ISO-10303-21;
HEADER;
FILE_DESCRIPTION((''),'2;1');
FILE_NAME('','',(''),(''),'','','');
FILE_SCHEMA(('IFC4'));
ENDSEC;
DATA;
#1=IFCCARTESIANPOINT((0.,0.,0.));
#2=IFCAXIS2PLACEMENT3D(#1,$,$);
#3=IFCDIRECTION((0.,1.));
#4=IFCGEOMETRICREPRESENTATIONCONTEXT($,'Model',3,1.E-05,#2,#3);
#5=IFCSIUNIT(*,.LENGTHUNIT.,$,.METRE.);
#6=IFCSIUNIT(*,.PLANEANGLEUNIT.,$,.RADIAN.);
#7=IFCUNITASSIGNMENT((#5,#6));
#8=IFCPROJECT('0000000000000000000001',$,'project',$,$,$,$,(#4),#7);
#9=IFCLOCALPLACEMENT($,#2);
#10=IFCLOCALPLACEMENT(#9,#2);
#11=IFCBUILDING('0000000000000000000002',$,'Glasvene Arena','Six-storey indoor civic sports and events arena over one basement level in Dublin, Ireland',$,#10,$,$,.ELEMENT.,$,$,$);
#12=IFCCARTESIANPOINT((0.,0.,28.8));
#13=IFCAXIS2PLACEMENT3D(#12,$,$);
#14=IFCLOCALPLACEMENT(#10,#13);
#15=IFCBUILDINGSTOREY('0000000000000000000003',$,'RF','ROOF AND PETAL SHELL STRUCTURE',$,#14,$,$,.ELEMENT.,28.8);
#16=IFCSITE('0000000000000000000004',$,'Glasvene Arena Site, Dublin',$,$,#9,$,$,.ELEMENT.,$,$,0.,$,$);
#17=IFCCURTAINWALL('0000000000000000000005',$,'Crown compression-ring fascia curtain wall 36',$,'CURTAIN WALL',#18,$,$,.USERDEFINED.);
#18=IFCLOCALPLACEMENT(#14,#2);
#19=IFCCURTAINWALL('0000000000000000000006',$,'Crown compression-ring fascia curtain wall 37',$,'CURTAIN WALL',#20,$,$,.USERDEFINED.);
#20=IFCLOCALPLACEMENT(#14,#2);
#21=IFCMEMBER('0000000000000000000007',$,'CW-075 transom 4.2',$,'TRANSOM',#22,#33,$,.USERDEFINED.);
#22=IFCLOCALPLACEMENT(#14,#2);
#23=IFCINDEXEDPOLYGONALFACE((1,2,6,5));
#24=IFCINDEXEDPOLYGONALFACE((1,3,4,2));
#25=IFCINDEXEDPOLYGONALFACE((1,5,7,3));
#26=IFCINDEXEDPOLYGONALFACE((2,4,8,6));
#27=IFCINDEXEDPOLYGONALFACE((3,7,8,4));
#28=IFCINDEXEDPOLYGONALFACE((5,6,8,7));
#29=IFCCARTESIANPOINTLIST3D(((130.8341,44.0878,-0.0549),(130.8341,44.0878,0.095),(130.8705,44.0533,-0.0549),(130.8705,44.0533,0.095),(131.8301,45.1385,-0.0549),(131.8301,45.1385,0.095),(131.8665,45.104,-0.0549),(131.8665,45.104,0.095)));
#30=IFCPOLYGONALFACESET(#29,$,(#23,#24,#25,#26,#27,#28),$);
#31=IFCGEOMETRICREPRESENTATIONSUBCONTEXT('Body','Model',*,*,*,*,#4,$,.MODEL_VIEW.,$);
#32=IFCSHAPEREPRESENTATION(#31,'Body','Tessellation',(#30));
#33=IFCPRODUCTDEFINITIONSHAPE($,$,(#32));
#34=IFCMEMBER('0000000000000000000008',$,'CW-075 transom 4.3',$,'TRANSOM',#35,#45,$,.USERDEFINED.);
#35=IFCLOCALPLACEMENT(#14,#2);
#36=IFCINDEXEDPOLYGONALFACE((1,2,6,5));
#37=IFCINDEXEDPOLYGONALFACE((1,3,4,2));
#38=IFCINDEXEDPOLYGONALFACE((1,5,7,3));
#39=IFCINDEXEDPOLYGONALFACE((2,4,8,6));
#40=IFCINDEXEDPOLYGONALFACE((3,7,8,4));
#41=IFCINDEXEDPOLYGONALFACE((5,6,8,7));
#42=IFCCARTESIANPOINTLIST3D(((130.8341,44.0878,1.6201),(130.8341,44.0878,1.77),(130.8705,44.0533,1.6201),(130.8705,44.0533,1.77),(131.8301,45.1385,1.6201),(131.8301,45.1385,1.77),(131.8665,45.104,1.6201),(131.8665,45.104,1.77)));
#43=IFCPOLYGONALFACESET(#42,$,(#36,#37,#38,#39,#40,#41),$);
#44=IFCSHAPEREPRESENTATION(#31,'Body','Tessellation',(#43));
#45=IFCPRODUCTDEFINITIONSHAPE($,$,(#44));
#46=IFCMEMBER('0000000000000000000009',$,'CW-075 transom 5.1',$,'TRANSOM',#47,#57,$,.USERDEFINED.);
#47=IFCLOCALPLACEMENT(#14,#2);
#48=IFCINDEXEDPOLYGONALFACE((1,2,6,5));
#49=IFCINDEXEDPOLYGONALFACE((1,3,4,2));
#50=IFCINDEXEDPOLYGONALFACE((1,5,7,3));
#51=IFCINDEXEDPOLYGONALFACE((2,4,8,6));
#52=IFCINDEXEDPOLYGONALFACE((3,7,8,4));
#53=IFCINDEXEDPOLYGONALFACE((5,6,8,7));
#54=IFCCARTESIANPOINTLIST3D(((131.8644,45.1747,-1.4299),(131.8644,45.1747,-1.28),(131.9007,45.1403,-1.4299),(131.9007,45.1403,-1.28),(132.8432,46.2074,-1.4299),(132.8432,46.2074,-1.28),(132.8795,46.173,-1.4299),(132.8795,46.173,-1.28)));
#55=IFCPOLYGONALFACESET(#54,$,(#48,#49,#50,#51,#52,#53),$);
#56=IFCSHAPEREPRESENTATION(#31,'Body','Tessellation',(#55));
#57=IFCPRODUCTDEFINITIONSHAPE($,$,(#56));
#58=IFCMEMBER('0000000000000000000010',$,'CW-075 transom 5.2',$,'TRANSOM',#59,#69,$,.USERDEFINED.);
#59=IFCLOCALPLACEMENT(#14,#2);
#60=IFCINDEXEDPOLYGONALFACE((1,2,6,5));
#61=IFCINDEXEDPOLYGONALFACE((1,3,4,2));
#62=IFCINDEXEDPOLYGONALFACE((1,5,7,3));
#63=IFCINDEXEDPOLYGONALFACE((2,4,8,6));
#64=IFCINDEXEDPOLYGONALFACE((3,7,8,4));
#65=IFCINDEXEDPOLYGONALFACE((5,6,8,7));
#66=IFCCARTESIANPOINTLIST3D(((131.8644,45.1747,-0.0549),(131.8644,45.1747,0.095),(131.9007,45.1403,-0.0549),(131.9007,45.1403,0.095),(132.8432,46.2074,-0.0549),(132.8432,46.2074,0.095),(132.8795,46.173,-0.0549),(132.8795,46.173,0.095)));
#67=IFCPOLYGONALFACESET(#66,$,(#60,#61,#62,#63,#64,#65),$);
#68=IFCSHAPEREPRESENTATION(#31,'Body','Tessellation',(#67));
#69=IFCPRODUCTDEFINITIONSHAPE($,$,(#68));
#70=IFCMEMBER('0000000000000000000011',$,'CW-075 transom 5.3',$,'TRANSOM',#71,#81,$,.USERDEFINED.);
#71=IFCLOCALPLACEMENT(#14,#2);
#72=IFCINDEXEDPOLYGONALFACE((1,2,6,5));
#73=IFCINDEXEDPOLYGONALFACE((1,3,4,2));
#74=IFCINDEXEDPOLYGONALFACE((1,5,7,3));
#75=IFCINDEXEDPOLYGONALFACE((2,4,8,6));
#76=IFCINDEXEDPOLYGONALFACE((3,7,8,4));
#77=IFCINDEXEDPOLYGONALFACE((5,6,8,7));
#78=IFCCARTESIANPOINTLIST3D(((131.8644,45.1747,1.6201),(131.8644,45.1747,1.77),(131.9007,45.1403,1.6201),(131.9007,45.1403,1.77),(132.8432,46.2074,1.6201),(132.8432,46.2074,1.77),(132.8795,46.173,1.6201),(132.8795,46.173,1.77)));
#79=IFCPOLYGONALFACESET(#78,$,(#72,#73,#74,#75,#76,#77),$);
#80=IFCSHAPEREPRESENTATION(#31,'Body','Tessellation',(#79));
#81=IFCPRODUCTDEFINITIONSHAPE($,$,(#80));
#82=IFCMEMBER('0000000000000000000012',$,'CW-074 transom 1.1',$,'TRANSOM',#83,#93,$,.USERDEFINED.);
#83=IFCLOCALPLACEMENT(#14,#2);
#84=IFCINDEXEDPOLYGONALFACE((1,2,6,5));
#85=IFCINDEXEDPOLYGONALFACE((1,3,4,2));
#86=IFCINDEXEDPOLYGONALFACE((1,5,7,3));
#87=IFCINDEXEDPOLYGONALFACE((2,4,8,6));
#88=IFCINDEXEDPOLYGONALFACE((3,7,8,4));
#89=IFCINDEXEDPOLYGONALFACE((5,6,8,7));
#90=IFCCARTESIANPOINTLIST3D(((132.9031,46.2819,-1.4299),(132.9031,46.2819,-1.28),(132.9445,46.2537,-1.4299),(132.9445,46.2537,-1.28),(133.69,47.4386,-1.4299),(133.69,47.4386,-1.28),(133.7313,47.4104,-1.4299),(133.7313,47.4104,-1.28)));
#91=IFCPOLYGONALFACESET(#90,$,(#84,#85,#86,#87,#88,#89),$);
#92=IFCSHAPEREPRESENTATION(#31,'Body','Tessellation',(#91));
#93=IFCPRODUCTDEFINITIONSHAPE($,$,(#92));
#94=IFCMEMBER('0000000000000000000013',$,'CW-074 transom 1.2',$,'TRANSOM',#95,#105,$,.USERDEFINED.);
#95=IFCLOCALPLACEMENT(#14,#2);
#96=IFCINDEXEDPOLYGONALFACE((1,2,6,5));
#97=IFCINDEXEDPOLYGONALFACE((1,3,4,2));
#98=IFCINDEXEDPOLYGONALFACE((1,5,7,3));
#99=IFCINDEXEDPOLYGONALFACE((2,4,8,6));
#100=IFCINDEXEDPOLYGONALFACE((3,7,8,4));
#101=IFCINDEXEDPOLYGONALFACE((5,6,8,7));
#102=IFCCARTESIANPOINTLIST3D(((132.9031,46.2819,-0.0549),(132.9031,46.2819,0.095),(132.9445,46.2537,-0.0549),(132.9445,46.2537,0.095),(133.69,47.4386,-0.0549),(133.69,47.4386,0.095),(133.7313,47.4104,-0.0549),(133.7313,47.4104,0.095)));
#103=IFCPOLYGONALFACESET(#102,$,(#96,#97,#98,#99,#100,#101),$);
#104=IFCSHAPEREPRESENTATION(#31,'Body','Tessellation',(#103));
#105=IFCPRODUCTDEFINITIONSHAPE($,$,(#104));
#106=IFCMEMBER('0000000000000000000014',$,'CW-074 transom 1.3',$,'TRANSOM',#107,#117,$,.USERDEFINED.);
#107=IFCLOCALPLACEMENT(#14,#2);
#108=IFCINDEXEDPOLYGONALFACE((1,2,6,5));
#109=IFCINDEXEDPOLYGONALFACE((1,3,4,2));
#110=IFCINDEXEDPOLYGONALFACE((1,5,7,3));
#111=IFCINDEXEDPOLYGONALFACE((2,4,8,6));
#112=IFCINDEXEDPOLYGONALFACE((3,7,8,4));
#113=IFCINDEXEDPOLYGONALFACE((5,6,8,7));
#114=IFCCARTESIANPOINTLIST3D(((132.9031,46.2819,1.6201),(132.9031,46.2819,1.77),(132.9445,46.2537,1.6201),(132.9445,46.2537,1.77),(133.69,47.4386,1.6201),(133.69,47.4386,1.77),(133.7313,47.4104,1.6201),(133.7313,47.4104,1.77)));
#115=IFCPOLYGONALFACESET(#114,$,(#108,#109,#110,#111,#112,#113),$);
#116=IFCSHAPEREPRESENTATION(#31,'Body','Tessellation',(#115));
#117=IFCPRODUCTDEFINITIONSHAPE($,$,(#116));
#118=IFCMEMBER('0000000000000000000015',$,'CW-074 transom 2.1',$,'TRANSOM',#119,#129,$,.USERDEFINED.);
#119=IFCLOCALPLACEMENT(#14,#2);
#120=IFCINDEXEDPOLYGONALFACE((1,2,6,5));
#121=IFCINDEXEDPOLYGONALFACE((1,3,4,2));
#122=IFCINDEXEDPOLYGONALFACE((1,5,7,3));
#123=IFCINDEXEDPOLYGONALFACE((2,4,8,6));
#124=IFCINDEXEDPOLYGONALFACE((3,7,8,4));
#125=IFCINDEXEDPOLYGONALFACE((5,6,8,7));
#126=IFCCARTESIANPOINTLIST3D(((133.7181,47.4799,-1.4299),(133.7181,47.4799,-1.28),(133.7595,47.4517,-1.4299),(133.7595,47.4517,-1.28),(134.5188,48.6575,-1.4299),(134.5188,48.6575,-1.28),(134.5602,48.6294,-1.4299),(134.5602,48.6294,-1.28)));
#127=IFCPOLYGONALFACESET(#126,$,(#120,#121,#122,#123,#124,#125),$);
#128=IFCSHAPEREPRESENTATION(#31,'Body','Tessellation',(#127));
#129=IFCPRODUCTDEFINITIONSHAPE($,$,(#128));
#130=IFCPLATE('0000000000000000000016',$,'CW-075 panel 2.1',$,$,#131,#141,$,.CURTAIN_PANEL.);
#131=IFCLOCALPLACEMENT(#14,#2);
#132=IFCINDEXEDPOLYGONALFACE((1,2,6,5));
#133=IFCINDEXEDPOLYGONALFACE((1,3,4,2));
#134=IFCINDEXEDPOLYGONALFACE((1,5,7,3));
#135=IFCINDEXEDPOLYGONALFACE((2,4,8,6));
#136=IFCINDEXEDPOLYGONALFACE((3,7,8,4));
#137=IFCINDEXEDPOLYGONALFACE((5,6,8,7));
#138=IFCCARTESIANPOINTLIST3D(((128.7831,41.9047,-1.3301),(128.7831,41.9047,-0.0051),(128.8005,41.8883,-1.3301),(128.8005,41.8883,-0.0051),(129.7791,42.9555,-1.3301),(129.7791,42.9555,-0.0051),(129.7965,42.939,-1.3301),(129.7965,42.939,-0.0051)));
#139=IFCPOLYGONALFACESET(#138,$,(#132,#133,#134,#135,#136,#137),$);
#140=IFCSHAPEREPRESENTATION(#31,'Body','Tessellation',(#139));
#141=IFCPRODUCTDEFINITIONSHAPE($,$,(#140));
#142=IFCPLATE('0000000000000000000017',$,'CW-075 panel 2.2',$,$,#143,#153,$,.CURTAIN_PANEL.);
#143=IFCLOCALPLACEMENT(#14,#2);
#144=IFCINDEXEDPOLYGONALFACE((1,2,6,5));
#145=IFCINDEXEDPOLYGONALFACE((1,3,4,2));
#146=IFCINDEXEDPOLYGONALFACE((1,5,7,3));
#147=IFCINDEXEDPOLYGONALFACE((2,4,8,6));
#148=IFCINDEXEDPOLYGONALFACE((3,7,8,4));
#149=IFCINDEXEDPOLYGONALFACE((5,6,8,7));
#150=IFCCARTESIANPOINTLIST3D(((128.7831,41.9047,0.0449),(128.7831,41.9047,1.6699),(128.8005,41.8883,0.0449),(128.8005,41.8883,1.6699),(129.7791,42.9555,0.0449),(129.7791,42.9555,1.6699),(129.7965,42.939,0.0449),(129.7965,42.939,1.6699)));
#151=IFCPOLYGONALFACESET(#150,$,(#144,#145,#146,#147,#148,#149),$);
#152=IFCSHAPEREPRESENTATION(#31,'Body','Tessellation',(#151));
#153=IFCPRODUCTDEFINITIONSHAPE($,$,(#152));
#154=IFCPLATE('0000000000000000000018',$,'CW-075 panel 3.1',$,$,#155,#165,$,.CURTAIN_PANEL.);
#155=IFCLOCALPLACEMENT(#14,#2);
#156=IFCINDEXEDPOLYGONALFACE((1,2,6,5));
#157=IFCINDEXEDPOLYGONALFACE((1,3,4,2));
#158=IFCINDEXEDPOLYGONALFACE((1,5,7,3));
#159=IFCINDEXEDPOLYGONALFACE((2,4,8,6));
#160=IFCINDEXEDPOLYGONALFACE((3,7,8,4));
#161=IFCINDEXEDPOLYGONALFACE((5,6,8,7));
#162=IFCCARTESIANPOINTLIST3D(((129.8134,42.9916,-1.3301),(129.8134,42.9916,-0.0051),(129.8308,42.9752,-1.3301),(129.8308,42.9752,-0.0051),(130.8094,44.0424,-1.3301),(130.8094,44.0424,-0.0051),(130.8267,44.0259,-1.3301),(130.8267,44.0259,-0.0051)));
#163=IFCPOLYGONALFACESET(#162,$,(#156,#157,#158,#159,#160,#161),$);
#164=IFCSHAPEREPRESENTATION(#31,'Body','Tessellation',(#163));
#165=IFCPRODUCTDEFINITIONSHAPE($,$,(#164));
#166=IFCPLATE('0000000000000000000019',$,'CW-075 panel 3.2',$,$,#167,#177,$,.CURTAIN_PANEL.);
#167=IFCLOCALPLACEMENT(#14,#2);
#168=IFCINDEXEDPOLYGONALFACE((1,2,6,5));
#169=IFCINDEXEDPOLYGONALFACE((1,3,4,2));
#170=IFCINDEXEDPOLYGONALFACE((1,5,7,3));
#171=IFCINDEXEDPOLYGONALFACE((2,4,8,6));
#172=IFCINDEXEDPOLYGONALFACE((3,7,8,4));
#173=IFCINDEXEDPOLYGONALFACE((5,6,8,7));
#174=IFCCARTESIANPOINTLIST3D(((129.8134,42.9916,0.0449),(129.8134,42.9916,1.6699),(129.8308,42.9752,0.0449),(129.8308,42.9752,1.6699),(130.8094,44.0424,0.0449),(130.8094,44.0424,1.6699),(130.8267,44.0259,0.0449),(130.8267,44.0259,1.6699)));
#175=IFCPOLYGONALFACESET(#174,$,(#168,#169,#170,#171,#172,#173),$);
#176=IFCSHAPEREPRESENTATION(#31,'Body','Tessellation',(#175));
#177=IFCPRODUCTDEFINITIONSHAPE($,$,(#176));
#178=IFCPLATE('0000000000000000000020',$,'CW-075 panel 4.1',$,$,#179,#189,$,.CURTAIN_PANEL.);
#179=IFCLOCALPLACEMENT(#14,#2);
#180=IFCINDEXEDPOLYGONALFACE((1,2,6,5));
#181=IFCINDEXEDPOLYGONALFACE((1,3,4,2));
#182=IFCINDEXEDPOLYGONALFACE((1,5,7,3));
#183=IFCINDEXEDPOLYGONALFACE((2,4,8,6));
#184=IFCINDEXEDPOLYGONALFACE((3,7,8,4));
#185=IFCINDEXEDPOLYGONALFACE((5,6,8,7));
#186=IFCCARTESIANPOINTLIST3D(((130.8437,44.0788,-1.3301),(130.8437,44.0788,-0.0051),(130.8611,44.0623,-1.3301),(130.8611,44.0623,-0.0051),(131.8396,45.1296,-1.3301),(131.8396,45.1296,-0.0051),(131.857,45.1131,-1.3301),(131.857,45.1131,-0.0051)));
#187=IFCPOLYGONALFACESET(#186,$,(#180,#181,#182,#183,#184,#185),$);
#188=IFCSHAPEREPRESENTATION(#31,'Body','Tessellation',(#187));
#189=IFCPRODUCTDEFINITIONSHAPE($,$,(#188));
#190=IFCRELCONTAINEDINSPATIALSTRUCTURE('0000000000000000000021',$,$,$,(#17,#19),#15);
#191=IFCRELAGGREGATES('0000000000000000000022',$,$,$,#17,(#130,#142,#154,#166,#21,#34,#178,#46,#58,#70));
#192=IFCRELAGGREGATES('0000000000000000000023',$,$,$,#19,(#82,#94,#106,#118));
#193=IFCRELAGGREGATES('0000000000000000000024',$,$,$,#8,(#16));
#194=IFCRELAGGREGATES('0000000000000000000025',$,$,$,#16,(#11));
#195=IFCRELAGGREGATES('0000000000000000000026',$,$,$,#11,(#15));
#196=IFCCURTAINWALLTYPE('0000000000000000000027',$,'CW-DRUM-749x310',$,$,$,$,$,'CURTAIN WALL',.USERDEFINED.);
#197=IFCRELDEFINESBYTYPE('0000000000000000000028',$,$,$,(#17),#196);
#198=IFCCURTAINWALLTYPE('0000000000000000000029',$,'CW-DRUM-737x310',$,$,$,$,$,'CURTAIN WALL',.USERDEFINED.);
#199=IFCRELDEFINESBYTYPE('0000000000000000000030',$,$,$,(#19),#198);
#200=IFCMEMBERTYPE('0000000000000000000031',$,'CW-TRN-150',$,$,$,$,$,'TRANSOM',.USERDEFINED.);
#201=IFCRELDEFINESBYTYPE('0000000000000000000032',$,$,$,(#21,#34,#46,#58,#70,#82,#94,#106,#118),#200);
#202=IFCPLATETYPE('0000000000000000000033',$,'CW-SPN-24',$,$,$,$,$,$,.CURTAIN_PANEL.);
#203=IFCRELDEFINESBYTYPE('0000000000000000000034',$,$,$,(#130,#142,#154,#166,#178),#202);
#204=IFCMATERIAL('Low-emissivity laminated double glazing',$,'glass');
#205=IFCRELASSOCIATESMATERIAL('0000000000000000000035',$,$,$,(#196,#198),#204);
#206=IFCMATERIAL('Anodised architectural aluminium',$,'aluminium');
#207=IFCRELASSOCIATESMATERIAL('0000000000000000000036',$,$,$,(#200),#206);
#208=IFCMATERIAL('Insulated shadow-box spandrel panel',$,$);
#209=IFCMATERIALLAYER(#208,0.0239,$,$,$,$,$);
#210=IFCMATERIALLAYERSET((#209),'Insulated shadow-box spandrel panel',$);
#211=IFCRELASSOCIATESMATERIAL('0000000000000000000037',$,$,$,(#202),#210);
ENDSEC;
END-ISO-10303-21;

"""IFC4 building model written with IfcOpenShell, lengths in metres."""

from ifc_helpers import new_model, si_unit, direction, frame, origin, origin_2d, place, context, subcontext, project, spatial, rectangle, extrude, material, layer, layer_set, material_profile, profile_set, type_object, element, aggregate, save


model = new_model("IFC4")

# Units and contexts
model_context = context("Model", 3, precision=1e-05, world=origin(), true_north=direction((0.0, 1.0)))
body_context = subcontext(model_context, "Body", "Model", "MODEL_VIEW")
ifc_project = project(units=[si_unit("LENGTHUNIT", "METRE"), si_unit("PLANEANGLEUNIT", "RADIAN")], contexts=[model_context])

# Site, building, storey
site_placement = place(None, origin())
site = spatial("IfcSite", under=ifc_project, at=site_placement, Name="Glasvene Arena Site, Dublin", CompositionType="ELEMENT", RefElevation=0.0)
building_placement = place(site_placement, origin())
building = spatial("IfcBuilding", under=site, at=building_placement, Name="Glasvene Arena", Description="Six-storey indoor civic sports and events arena over one basement level in Dublin, Ireland", CompositionType="ELEMENT")
storey_placement = place(building_placement, frame((0.0, 0.0, 28.8)))
storey = spatial("IfcBuildingStorey", under=building, at=storey_placement, Name="RF", Description="ROOF AND PETAL SHELL STRUCTURE", CompositionType="ELEMENT", Elevation=28.8)

# Curtain walls
ifc_material_1 = material(Name="Low-emissivity laminated double glazing", Category="glass")
curtain_wall_type_1 = type_object("IfcCurtainWallType", Name="CW-DRUM-749x310", ElementType="CURTAIN WALL", PredefinedType="USERDEFINED", material=ifc_material_1)
curtain_wall_1_placement = place(storey_placement, frame((127.7441, 40.7913, 0.0)))
curtain_wall_1 = element("IfcCurtainWall", 1, at=curtain_wall_1_placement, inside=storey, type_object=curtain_wall_type_1, Name="Crown compression-ring fascia curtain wall 36", ObjectType="CURTAIN WALL", PredefinedType="USERDEFINED")
ifc_material_2 = material(Name="Anodised architectural aluminium", Category="aluminium")
curtain_wall_type_2 = type_object("IfcCurtainWallType", Name="CW-DRUM-737x310", ElementType="CURTAIN WALL", PredefinedType="USERDEFINED", material=ifc_material_1)
curtain_wall_2_placement = place(storey_placement, frame((132.8958, 46.2263, 0.0)))
curtain_wall_2 = element("IfcCurtainWall", 2, at=curtain_wall_2_placement, inside=storey, type_object=curtain_wall_type_2, Name="Crown compression-ring fascia curtain wall 37", ObjectType="CURTAIN WALL", PredefinedType="USERDEFINED")

# Members
ifc_material_profile_1 = material_profile(ifc_material_2, rectangle(XDim=0.05, YDim=0.1499, at=origin_2d()), Name="ALU TRANSOM 50x150")
ifc_profile_set_1 = profile_set([ifc_material_profile_1], Name="Anodised architectural aluminium")
member_type_1 = type_object("IfcMemberType", Name="CW-TRN-150", ElementType="TRANSOM", PredefinedType="USERDEFINED", material=ifc_profile_set_1)
member_1_placement = place(storey_placement, frame((130.8523, 44.0706, 0.02), z_axis=(0.687969, 0.72574, 0.0), x_axis=(-0.72574, 0.687969, 0.0)))
member_1 = element("IfcMember", 3, at=member_1_placement, type_object=member_type_1, Name="CW-075 transom 4.2", ObjectType="TRANSOM", PredefinedType="USERDEFINED", context=body_context, shape_type="SweptSolid", body=[
    extrude(rectangle(XDim=0.05, YDim=0.1499, at=origin_2d()), origin(), (0.0, 0.0, 1.0), 1.4478),
])
member_2_placement = place(storey_placement, frame((130.8523, 44.0706, 1.6951), z_axis=(0.687969, 0.72574, 0.0), x_axis=(-0.72574, 0.687969, 0.0)))
member_2 = element("IfcMember", 4, at=member_2_placement, type_object=member_type_1, Name="CW-075 transom 4.3", ObjectType="TRANSOM", PredefinedType="USERDEFINED", context=body_context, shape_type="SweptSolid", body=[
    extrude(rectangle(XDim=0.05, YDim=0.1499, at=origin_2d()), origin(), (0.0, 0.0, 1.0), 1.4478),
])
member_3_placement = place(storey_placement, frame((131.8826, 45.1575, -1.355), z_axis=(0.687892, 0.725813, 0.0), x_axis=(-0.725813, 0.687892, 0.0)))
member_3 = element("IfcMember", 5, at=member_3_placement, type_object=member_type_1, Name="CW-075 transom 5.1", ObjectType="TRANSOM", PredefinedType="USERDEFINED", context=body_context, shape_type="SweptSolid", body=[
    extrude(rectangle(XDim=0.05, YDim=0.1499, at=origin_2d()), origin(), (0.0, 0.0, 1.0), 1.4229),
])
member_4_placement = place(storey_placement, frame((131.8826, 45.1575, 0.02), z_axis=(0.687892, 0.725813, 0.0), x_axis=(-0.725813, 0.687892, 0.0)))
member_4 = element("IfcMember", 6, at=member_4_placement, type_object=member_type_1, Name="CW-075 transom 5.2", ObjectType="TRANSOM", PredefinedType="USERDEFINED", context=body_context, shape_type="SweptSolid", body=[
    extrude(rectangle(XDim=0.05, YDim=0.1499, at=origin_2d()), origin(), (0.0, 0.0, 1.0), 1.4229),
])
member_5_placement = place(storey_placement, frame((131.8826, 45.1575, 1.6951), z_axis=(0.687892, 0.725813, 0.0), x_axis=(-0.725813, 0.687892, 0.0)))
member_5 = element("IfcMember", 7, at=member_5_placement, type_object=member_type_1, Name="CW-075 transom 5.3", ObjectType="TRANSOM", PredefinedType="USERDEFINED", context=body_context, shape_type="SweptSolid", body=[
    extrude(rectangle(XDim=0.05, YDim=0.1499, at=origin_2d()), origin(), (0.0, 0.0, 1.0), 1.4229),
])
member_6_placement = place(storey_placement, frame((132.9238, 46.2678, -1.355), z_axis=(0.562448, 0.826832, 0.0), x_axis=(-0.826832, 0.562448, 0.0)))
member_6 = element("IfcMember", 8, at=member_6_placement, type_object=member_type_1, Name="CW-074 transom 1.1", ObjectType="TRANSOM", PredefinedType="USERDEFINED", context=body_context, shape_type="SweptSolid", body=[
    extrude(rectangle(XDim=0.05, YDim=0.1499, at=origin_2d()), origin(), (0.0, 0.0, 1.0), 1.3989),
])
member_7_placement = place(storey_placement, frame((132.9238, 46.2678, 0.02), z_axis=(0.562448, 0.826832, 0.0), x_axis=(-0.826832, 0.562448, 0.0)))
member_7 = element("IfcMember", 9, at=member_7_placement, type_object=member_type_1, Name="CW-074 transom 1.2", ObjectType="TRANSOM", PredefinedType="USERDEFINED", context=body_context, shape_type="SweptSolid", body=[
    extrude(rectangle(XDim=0.05, YDim=0.1499, at=origin_2d()), origin(), (0.0, 0.0, 1.0), 1.3989),
])
member_8_placement = place(storey_placement, frame((132.9238, 46.2678, 1.6951), z_axis=(0.562448, 0.826832, 0.0), x_axis=(-0.826832, 0.562448, 0.0)))
member_8 = element("IfcMember", 10, at=member_8_placement, type_object=member_type_1, Name="CW-074 transom 1.3", ObjectType="TRANSOM", PredefinedType="USERDEFINED", context=body_context, shape_type="SweptSolid", body=[
    extrude(rectangle(XDim=0.05, YDim=0.1499, at=origin_2d()), origin(), (0.0, 0.0, 1.0), 1.3989),
])
member_9_placement = place(storey_placement, frame((133.7388, 47.4658, -1.355), z_axis=(0.562273, 0.826952, 0.0), x_axis=(-0.826952, 0.562273, 0.0)))
member_9 = element("IfcMember", 11, at=member_9_placement, type_object=member_type_1, Name="CW-074 transom 2.1", ObjectType="TRANSOM", PredefinedType="USERDEFINED", context=body_context, shape_type="SweptSolid", body=[
    extrude(rectangle(XDim=0.05, YDim=0.1499, at=origin_2d()), origin(), (0.0, 0.0, 1.0), 1.4241),
])

# Plates
ifc_material_3 = material(Name="Insulated shadow-box spandrel panel")
ifc_layer_1 = layer(ifc_material_3, 0.0239)
ifc_layer_set_1 = layer_set([ifc_layer_1], Name="Insulated shadow-box spandrel panel")
plate_type_1 = type_object("IfcPlateType", Name="CW-SPN-24", PredefinedType="CURTAIN_PANEL", material=ifc_layer_set_1)
plate_1_placement = place(storey_placement, frame((129.2898, 42.4219, -1.3301), z_axis=(0.0, 0.0, 1.0), x_axis=(0.687925, 0.725782, 0.0)))
plate_1 = element("IfcPlate", 12, at=plate_1_placement, type_object=plate_type_1, Name="CW-075 panel 2.1", PredefinedType="CURTAIN_PANEL", context=body_context, shape_type="SweptSolid", body=[
    extrude(rectangle(XDim=1.4478, YDim=0.0239, at=origin_2d()), origin(), (0.0, 0.0, 1.0), 1.325),
])
plate_2_placement = place(storey_placement, frame((129.2898, 42.4219, 0.0449), z_axis=(0.0, 0.0, 1.0), x_axis=(0.687925, 0.725782, 0.0)))
plate_2 = element("IfcPlate", 13, at=plate_2_placement, type_object=plate_type_1, Name="CW-075 panel 2.2", PredefinedType="CURTAIN_PANEL", context=body_context, shape_type="SweptSolid", body=[
    extrude(rectangle(XDim=1.4478, YDim=0.0239, at=origin_2d()), origin(), (0.0, 0.0, 1.0), 1.625),
])
plate_3_placement = place(storey_placement, frame((130.3201, 43.5088, -1.3301), z_axis=(0.0, 0.0, 1.0), x_axis=(0.687925, 0.725782, 0.0)))
plate_3 = element("IfcPlate", 14, at=plate_3_placement, type_object=plate_type_1, Name="CW-075 panel 3.1", PredefinedType="CURTAIN_PANEL", context=body_context, shape_type="SweptSolid", body=[
    extrude(rectangle(XDim=1.4478, YDim=0.0239, at=origin_2d()), origin(), (0.0, 0.0, 1.0), 1.325),
])
plate_4_placement = place(storey_placement, frame((130.3201, 43.5088, 0.0449), z_axis=(0.0, 0.0, 1.0), x_axis=(0.687925, 0.725782, 0.0)))
plate_4 = element("IfcPlate", 15, at=plate_4_placement, type_object=plate_type_1, Name="CW-075 panel 3.2", PredefinedType="CURTAIN_PANEL", context=body_context, shape_type="SweptSolid", body=[
    extrude(rectangle(XDim=1.4478, YDim=0.0239, at=origin_2d()), origin(), (0.0, 0.0, 1.0), 1.625),
])
plate_5_placement = place(storey_placement, frame((131.3503, 44.5959, -1.3301), z_axis=(0.0, 0.0, 1.0), x_axis=(0.687925, 0.725782, 0.0)))
plate_5 = element("IfcPlate", 16, at=plate_5_placement, type_object=plate_type_1, Name="CW-075 panel 4.1", PredefinedType="CURTAIN_PANEL", context=body_context, shape_type="SweptSolid", body=[
    extrude(rectangle(XDim=1.4478, YDim=0.0239, at=origin_2d()), origin(), (0.0, 0.0, 1.0), 1.325),
])
aggregate(curtain_wall_1, [plate_1, plate_2, plate_3, plate_4, member_1, member_2, plate_5, member_3, member_4, member_5])
aggregate(curtain_wall_2, [member_6, member_7, member_8, member_9])

save(model, "model.ifc")
